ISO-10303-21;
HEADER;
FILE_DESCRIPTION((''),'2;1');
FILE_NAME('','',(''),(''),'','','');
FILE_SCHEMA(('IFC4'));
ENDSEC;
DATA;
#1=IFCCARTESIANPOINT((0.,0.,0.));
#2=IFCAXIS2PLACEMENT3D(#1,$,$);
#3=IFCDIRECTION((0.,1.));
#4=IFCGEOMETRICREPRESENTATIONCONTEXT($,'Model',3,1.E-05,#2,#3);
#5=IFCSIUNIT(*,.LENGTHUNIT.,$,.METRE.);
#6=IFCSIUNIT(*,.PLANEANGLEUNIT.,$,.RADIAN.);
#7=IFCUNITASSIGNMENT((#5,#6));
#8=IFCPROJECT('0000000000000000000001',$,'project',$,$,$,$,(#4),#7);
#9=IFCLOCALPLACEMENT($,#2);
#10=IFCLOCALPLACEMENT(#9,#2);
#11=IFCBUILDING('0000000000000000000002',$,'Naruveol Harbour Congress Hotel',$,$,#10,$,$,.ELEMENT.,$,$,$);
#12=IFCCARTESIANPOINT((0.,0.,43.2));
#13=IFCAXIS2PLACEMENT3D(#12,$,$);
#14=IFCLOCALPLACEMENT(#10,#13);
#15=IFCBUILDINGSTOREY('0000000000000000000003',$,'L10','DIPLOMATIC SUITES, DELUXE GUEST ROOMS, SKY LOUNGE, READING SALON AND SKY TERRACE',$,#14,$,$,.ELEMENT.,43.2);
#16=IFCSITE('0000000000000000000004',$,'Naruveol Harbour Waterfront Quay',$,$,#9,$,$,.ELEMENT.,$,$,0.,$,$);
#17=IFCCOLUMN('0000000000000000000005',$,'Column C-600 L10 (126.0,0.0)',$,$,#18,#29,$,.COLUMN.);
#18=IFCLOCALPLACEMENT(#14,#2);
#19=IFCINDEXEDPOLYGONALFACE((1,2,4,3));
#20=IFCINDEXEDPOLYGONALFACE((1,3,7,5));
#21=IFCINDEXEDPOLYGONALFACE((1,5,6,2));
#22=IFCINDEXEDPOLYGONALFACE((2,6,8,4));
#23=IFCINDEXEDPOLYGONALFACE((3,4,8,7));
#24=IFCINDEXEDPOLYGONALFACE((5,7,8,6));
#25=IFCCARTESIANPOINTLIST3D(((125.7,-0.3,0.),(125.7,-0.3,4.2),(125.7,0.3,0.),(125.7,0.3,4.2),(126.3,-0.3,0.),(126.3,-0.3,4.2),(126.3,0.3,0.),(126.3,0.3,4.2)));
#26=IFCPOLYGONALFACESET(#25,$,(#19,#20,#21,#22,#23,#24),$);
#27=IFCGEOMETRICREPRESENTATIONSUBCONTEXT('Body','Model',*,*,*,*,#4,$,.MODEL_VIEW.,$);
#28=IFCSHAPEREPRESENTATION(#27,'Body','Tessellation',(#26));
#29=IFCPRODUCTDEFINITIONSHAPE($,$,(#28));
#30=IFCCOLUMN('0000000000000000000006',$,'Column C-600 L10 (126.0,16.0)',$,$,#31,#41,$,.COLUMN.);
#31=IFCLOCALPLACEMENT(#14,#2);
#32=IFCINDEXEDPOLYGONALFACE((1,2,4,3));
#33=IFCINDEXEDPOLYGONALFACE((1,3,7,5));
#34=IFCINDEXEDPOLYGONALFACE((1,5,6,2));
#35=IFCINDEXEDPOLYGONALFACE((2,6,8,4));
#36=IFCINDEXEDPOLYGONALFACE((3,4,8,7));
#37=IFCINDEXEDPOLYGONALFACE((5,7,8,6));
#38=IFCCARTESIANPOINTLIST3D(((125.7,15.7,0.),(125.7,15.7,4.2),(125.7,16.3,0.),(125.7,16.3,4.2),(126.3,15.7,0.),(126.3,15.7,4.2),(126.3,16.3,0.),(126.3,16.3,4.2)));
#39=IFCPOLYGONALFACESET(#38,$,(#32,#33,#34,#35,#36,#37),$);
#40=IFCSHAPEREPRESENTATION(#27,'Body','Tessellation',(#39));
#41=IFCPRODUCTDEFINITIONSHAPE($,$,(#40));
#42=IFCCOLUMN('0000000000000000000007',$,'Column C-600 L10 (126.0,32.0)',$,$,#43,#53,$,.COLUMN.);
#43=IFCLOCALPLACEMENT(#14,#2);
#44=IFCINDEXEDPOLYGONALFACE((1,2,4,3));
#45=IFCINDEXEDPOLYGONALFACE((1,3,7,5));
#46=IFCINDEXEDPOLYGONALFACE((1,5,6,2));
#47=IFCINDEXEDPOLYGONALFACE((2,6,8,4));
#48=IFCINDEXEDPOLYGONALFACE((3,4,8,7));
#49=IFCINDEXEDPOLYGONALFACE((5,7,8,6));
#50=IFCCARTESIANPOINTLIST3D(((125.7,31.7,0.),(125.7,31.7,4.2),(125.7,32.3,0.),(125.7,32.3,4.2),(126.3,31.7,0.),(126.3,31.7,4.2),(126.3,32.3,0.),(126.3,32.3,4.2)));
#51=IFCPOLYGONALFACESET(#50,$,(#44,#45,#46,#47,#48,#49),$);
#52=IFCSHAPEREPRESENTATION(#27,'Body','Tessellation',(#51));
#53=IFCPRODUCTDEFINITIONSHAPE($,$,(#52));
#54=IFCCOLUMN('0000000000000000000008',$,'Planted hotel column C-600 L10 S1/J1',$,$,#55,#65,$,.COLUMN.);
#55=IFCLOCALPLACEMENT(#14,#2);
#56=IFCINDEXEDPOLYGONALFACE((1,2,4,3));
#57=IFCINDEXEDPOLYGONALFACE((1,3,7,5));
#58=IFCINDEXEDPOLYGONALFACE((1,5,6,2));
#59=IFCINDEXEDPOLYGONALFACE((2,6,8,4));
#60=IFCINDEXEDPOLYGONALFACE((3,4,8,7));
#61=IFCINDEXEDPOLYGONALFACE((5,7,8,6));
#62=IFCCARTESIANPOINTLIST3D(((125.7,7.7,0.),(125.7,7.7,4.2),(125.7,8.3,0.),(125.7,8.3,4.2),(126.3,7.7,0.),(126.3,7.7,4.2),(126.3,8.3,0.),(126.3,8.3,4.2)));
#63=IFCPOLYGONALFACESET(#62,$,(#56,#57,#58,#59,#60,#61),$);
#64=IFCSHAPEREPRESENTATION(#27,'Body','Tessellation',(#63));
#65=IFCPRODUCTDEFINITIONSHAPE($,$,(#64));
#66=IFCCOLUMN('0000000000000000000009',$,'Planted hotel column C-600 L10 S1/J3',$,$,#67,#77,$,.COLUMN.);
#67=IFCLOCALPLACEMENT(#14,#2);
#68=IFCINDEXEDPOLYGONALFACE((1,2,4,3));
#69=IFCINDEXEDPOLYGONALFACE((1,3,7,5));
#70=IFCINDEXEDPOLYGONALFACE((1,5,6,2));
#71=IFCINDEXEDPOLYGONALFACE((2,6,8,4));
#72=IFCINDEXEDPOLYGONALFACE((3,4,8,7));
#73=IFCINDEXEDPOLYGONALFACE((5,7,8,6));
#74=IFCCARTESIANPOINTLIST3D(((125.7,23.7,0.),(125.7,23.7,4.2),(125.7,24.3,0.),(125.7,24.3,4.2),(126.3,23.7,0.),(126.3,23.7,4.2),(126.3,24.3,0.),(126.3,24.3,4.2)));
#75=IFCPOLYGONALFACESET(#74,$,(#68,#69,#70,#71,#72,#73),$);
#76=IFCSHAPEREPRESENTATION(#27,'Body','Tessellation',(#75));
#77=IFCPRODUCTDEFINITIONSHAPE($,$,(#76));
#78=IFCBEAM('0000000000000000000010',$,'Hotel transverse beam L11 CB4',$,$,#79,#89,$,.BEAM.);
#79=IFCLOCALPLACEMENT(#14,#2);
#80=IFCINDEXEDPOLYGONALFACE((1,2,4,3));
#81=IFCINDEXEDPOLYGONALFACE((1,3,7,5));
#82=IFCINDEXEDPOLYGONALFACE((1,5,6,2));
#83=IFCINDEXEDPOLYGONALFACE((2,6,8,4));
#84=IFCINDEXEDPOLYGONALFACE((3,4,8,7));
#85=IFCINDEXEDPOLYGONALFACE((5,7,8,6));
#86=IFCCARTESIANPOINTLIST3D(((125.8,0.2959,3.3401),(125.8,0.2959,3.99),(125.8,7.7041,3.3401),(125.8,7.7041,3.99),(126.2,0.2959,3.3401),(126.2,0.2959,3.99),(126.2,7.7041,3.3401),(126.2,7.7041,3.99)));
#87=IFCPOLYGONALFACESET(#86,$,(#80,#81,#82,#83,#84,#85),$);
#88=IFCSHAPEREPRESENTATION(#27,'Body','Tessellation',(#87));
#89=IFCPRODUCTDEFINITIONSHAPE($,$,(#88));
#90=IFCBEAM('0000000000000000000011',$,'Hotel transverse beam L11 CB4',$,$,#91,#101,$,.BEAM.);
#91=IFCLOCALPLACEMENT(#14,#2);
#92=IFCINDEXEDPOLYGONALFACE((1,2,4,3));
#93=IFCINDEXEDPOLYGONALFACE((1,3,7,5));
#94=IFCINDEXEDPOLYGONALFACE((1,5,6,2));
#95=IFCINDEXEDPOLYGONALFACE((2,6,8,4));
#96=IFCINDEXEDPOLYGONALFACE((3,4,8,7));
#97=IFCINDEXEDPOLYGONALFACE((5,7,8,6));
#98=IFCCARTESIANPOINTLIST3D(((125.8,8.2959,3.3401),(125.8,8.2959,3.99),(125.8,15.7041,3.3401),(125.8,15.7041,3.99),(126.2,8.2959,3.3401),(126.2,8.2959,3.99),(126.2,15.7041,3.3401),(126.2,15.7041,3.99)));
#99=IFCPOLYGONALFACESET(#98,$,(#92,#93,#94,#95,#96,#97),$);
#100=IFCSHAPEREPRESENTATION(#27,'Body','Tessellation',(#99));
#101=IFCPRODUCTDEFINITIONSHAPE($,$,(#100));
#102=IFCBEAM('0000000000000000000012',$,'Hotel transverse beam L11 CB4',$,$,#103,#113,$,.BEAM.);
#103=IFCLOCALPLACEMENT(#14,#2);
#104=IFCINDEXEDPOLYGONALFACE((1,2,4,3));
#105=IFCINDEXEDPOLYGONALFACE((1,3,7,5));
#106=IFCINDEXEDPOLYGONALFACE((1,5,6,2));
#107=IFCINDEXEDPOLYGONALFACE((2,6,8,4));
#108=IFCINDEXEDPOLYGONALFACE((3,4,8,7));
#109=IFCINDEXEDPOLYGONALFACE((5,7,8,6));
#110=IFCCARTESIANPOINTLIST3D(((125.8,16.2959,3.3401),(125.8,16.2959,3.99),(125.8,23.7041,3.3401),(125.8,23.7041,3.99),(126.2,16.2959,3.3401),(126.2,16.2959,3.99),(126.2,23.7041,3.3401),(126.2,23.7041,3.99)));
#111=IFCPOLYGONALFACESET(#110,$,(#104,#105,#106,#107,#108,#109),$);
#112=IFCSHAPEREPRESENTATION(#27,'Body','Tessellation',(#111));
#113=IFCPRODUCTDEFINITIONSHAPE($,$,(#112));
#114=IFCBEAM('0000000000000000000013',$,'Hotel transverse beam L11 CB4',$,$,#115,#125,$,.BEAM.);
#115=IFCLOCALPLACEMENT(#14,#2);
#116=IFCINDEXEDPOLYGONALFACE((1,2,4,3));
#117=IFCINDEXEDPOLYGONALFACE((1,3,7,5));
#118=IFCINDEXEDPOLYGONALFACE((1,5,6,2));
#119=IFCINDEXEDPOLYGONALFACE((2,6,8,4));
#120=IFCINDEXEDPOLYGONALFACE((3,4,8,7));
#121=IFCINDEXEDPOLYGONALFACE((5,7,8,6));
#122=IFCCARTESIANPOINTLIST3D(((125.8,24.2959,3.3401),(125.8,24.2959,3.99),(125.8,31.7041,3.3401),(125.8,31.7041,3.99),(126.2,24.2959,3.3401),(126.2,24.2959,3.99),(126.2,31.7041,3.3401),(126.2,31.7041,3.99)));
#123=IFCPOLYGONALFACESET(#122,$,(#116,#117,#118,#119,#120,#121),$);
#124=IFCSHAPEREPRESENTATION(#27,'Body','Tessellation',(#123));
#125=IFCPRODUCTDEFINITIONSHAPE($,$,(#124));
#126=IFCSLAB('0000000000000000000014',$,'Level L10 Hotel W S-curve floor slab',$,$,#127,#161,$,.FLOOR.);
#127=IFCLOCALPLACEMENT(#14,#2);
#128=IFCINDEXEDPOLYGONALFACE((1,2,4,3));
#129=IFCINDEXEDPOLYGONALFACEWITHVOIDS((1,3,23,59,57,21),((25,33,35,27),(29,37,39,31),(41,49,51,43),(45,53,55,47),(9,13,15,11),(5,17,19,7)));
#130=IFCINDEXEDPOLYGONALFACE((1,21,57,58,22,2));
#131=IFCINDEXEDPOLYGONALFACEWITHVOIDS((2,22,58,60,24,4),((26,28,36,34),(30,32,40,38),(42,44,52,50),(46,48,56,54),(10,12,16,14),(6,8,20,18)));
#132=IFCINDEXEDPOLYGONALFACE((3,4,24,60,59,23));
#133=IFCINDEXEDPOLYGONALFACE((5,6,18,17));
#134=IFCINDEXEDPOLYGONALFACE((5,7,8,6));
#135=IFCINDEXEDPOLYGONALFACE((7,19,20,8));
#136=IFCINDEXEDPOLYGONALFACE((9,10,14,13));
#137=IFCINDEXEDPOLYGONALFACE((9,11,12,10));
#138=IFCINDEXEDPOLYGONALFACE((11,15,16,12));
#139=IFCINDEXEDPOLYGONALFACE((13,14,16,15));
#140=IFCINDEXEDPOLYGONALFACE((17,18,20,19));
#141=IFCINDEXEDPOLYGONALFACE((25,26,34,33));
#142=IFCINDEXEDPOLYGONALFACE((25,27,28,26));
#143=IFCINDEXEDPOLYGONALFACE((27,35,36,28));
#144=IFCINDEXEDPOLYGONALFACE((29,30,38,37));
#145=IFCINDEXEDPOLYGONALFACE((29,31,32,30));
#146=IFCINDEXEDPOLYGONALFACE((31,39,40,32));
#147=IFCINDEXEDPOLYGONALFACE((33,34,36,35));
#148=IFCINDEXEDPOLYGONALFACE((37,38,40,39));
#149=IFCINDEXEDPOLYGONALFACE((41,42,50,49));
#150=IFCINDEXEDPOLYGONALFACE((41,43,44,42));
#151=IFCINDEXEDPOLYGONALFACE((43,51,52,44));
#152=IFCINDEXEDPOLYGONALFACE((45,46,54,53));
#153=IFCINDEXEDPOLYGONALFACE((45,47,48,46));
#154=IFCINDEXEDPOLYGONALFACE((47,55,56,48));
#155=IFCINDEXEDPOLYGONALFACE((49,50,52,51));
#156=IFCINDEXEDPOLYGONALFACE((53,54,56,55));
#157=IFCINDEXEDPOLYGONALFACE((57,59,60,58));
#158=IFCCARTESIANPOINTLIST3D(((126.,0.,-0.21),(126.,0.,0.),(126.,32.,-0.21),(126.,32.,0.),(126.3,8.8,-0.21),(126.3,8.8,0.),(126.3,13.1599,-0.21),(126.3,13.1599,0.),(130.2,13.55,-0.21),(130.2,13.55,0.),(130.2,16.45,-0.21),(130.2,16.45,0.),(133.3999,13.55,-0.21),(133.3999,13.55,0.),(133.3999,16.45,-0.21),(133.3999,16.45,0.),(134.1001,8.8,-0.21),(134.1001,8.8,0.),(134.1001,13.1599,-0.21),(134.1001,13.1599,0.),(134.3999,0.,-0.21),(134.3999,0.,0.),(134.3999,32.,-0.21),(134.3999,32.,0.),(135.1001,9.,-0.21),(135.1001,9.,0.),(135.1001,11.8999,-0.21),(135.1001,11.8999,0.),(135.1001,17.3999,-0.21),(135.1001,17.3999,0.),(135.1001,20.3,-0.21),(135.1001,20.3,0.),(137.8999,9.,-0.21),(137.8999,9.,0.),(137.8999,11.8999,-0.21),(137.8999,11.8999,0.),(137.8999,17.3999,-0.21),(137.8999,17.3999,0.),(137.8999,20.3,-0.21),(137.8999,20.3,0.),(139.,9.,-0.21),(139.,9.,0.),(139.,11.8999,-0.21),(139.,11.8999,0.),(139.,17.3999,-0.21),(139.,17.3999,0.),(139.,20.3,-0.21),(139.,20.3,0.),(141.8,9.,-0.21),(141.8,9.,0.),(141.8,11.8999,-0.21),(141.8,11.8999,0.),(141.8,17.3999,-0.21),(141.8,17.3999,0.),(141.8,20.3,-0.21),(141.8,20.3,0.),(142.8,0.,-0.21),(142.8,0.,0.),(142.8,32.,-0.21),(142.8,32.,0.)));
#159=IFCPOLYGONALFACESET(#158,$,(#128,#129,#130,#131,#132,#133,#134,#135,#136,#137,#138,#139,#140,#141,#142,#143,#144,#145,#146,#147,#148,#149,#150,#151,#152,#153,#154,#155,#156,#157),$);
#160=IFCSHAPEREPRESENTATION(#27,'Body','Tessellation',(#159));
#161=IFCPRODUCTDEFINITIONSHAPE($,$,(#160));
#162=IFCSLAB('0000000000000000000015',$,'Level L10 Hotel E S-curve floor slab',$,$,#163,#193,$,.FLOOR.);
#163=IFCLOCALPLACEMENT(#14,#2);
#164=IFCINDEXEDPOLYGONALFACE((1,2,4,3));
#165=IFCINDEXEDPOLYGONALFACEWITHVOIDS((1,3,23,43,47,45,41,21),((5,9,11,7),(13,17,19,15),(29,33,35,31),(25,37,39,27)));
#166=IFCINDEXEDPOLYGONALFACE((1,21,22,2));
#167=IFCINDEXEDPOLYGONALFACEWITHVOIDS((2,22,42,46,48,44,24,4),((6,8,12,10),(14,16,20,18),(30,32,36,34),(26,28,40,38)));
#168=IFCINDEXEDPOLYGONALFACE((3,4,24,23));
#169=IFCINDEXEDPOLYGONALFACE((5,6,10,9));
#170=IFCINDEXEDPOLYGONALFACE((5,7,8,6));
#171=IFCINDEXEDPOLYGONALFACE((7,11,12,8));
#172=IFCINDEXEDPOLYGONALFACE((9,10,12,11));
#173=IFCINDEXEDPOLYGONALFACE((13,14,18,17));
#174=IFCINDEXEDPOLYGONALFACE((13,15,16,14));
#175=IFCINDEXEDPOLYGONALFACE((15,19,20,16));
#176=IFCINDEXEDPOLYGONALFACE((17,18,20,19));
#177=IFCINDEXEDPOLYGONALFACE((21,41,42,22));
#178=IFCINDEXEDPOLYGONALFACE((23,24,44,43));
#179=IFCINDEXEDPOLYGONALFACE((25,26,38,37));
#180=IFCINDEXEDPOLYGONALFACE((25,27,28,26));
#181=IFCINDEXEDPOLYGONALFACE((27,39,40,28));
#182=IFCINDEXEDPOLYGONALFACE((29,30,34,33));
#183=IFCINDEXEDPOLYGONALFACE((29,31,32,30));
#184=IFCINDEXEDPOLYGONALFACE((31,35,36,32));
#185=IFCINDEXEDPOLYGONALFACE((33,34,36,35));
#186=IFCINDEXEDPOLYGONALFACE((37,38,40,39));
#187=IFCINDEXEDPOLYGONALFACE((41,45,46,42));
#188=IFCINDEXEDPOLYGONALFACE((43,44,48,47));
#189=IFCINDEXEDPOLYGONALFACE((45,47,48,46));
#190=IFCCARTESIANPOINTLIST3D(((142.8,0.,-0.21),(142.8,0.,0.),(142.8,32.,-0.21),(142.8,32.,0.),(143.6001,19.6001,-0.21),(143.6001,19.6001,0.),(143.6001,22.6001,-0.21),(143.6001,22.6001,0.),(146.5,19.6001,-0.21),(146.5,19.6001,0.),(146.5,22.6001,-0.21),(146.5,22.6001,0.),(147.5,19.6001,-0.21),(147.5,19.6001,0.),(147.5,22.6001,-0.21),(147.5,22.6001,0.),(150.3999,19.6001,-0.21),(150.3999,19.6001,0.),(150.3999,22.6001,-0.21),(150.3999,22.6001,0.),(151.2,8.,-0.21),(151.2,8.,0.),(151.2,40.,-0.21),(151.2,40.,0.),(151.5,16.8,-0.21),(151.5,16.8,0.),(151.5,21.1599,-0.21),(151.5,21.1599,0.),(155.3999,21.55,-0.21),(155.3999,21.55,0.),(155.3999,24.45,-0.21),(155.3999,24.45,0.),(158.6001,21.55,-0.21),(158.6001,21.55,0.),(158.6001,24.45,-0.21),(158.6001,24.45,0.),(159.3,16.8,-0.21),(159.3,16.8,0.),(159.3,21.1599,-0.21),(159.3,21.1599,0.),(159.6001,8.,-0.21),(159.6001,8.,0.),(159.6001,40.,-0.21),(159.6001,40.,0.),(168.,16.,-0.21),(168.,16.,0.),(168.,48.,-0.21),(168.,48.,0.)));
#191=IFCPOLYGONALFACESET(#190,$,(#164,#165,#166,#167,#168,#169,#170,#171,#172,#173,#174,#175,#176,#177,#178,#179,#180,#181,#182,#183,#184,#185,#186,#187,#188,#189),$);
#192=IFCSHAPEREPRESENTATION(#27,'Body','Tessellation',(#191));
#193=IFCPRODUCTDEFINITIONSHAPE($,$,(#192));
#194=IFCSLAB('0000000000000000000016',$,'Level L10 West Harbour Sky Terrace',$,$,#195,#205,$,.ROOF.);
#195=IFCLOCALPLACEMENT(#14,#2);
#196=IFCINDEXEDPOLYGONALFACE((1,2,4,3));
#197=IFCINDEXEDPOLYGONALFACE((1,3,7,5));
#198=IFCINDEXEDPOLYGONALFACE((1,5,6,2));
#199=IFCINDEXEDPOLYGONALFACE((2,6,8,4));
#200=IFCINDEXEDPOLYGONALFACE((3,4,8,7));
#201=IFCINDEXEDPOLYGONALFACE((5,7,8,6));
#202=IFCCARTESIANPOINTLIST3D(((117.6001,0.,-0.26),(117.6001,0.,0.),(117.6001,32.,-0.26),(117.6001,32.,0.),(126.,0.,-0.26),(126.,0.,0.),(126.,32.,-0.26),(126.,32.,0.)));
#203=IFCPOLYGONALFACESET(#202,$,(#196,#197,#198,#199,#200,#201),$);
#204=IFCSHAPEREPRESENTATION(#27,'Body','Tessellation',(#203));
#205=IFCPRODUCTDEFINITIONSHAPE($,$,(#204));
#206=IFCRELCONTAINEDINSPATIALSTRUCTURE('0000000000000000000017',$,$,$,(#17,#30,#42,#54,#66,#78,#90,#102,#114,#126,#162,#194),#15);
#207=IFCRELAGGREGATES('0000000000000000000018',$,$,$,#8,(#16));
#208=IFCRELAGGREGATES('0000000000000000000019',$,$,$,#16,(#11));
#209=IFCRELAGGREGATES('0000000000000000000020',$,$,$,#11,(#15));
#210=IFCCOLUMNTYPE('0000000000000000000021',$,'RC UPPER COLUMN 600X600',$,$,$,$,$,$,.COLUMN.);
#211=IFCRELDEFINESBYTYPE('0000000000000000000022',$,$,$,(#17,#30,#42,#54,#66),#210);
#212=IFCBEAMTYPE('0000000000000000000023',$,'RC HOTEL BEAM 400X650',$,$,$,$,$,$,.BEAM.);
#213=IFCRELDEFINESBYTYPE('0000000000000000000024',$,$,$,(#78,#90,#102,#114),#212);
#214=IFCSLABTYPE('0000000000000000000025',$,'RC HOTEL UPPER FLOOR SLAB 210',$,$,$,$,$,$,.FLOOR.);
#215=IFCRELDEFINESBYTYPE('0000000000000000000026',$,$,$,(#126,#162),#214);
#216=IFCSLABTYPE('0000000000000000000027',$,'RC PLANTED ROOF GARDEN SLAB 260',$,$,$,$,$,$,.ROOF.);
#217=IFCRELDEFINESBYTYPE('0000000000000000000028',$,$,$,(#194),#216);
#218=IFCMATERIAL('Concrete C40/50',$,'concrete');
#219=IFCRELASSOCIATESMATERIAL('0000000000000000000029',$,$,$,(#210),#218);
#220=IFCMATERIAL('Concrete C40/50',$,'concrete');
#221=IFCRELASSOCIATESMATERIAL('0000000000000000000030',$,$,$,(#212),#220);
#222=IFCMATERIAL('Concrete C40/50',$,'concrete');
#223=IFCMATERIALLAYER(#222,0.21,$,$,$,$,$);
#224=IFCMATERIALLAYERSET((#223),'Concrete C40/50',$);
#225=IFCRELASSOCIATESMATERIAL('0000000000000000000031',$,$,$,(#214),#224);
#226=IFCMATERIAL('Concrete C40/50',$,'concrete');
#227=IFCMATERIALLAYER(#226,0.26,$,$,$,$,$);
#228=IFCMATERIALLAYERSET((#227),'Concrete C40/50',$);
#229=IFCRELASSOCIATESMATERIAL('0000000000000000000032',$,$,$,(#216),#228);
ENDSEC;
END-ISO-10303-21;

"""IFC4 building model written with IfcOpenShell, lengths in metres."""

from ifc_helpers import new_model, si_unit, direction, frame, origin, origin_2d, place, context, subcontext, project, spatial, polyline, rectangle, outline, extrude, material, layer, layer_set, material_profile, profile_set, type_object, element, save


model = new_model("IFC4")

# Units and contexts
model_context = context("Model", 3, precision=1e-05, world=origin(), true_north=direction((0.0, 1.0)))
body_context = subcontext(model_context, "Body", "Model", "MODEL_VIEW")
ifc_project = project(units=[si_unit("LENGTHUNIT", "METRE"), si_unit("PLANEANGLEUNIT", "RADIAN")], contexts=[model_context])

# Site, building, storey
site_placement = place(None, origin())
site = spatial("IfcSite", under=ifc_project, at=site_placement, Name="Naruveol Harbour Waterfront Quay", CompositionType="ELEMENT", RefElevation=0.0)
building_placement = place(site_placement, origin())
building = spatial("IfcBuilding", under=site, at=building_placement, Name="Naruveol Harbour Congress Hotel", CompositionType="ELEMENT")
storey_placement = place(building_placement, frame((0.0, 0.0, 43.2)))
storey = spatial("IfcBuildingStorey", under=building, at=storey_placement, Name="L10", Description="DIPLOMATIC SUITES, DELUXE GUEST ROOMS, SKY LOUNGE, READING SALON AND SKY TERRACE", CompositionType="ELEMENT", Elevation=43.2)

# Columns
ifc_material_1 = material(Name="Concrete C40/50", Category="concrete")
ifc_material_profile_1 = material_profile(ifc_material_1, rectangle(XDim=0.6001, YDim=0.6001, at=origin_2d()), Name="RC-600x600")
ifc_profile_set_1 = profile_set([ifc_material_profile_1], Name="Concrete C40/50")
column_type = type_object("IfcColumnType", Name="RC UPPER COLUMN 600X600", PredefinedType="COLUMN", material=ifc_profile_set_1)
for number, where, z_axis, x_axis, name in (
    (1, (126.0, 0.0, 0.0), (0.0, 0.0, 1.0), (1.0, 0.0, 0.0), "Column C-600 L10 (126.0,0.0)"),
    (2, (126.0, 16.0, 0.0), (0.0, 0.0, 1.0), (1.0, 0.0, 0.0), "Column C-600 L10 (126.0,16.0)"),
    (3, (126.0, 32.0, 0.0), (0.0, 0.0, 1.0), (1.0, 0.0, 0.0), "Column C-600 L10 (126.0,32.0)"),
    (4, (126.0, 8.0, 0.0), (0.0, 0.0, 1.0), (1.0, 0.0, 0.0), "Planted hotel column C-600 L10 S1/J1"),
    (5, (126.0, 24.0, 0.0), (0.0, 0.0, 1.0), (1.0, 0.0, 0.0), "Planted hotel column C-600 L10 S1/J3"),
):
    element("IfcColumn", number, at=place(storey_placement, frame(where, z_axis=z_axis, x_axis=x_axis)), inside=storey, type_object=column_type, Name=name, PredefinedType="COLUMN", context=body_context, shape_type="SweptSolid", body=[
        extrude(rectangle(XDim=0.6001, YDim=0.6001, at=origin_2d()), origin(), (0.0, 0.0, 1.0), 4.2),
    ])

# Beams
ifc_material_2 = material(Name="Concrete C40/50", Category="concrete")
ifc_material_profile_2 = material_profile(ifc_material_2, rectangle(XDim=0.3999, YDim=0.6499, at=origin_2d()), Name="RCB-400x650")
ifc_profile_set_2 = profile_set([ifc_material_profile_2], Name="Concrete C40/50")
beam_type = type_object("IfcBeamType", Name="RC HOTEL BEAM 400X650", PredefinedType="BEAM", material=ifc_profile_set_2)
for number, where, z_axis, x_axis, name in (
    (6, (126.0, 0.2959, 3.665), (0.0, 1.0, 0.0), (-1.0, 0.0, 0.0), "Hotel transverse beam L11 CB4"),
    (7, (126.0, 8.2959, 3.665), (0.0, 1.0, 0.0), (-1.0, 0.0, 0.0), "Hotel transverse beam L11 CB4"),
    (8, (126.0, 16.2959, 3.665), (0.0, 1.0, 0.0), (-1.0, 0.0, 0.0), "Hotel transverse beam L11 CB4"),
    (9, (126.0, 24.2959, 3.665), (0.0, 1.0, 0.0), (-1.0, 0.0, 0.0), "Hotel transverse beam L11 CB4"),
):
    element("IfcBeam", number, at=place(storey_placement, frame(where, z_axis=z_axis, x_axis=x_axis)), inside=storey, type_object=beam_type, Name=name, PredefinedType="BEAM", context=body_context, shape_type="SweptSolid", body=[
        extrude(rectangle(XDim=0.3999, YDim=0.6499, at=origin_2d()), origin(), (0.0, 0.0, 1.0), 7.4082),
    ])

# Slabs
ifc_material_3 = material(Name="Concrete C40/50", Category="concrete")
ifc_layer_1 = layer(ifc_material_3, 0.21)
ifc_layer_set_1 = layer_set([ifc_layer_1], Name="Concrete C40/50")
slab_type_1 = type_object("IfcSlabType", Name="RC HOTEL UPPER FLOOR SLAB 210", PredefinedType="FLOOR", material=ifc_layer_set_1)
slab_1_placement = place(storey_placement, frame((0.0, 0.0, -0.21)))
element("IfcSlab", 10, at=slab_1_placement, inside=storey, type_object=slab_type_1, Name="Level L10 Hotel W S-curve floor slab", PredefinedType="FLOOR", context=body_context, shape_type="SweptSolid", body=[
    extrude(outline(polyline([(126.0, 0.0), (134.3999, 0.0), (142.8, 0.0), (142.8, 32.0), (134.3999, 32.0), (126.0, 32.0), (126.0, 0.0)]), holes=[polyline([(126.3, 8.8), (134.1001, 8.8), (134.1001, 13.1599), (126.3, 13.1599), (126.3, 8.8)]), polyline([(135.1001, 17.3999), (137.8999, 17.3999), (137.8999, 20.3), (135.1001, 20.3), (135.1001, 17.3999)]), polyline([(139.0, 17.3999), (141.8, 17.3999), (141.8, 20.3), (139.0, 20.3), (139.0, 17.3999)]), polyline([(135.1001, 9.0), (137.8999, 9.0), (137.8999, 11.8999), (135.1001, 11.8999), (135.1001, 9.0)]), polyline([(139.0, 9.0), (141.8, 9.0), (141.8, 11.8999), (139.0, 11.8999), (139.0, 9.0)]), polyline([(130.2, 13.55), (133.3999, 13.55), (133.3999, 16.45), (130.2, 16.45), (130.2, 13.55)])]), origin(), (0.0, 0.0, 1.0), 0.21),
])
slab_2_placement = place(storey_placement, frame((0.0, 0.0, -0.21)))
element("IfcSlab", 11, at=slab_2_placement, inside=storey, type_object=slab_type_1, Name="Level L10 Hotel E S-curve floor slab", PredefinedType="FLOOR", context=body_context, shape_type="SweptSolid", body=[
    extrude(outline(polyline([(142.8, 0.0), (151.2, 8.0), (159.6001, 8.0), (168.0, 16.0), (168.0, 48.0), (159.6001, 40.0), (151.2, 40.0), (142.8, 32.0), (142.8, 0.0)]), holes=[polyline([(151.5, 16.8), (159.3, 16.8), (159.3, 21.1599), (151.5, 21.1599), (151.5, 16.8)]), polyline([(155.3999, 21.55), (158.6001, 21.55), (158.6001, 24.45), (155.3999, 24.45), (155.3999, 21.55)]), polyline([(143.6001, 19.6001), (146.5, 19.6001), (146.5, 22.6001), (143.6001, 22.6001), (143.6001, 19.6001)]), polyline([(147.5, 19.6001), (150.3999, 19.6001), (150.3999, 22.6001), (147.5, 22.6001), (147.5, 19.6001)])]), origin(), (0.0, 0.0, 1.0), 0.21),
])
ifc_material_4 = material(Name="Concrete C40/50", Category="concrete")
ifc_layer_2 = layer(ifc_material_4, 0.26)
ifc_layer_set_2 = layer_set([ifc_layer_2], Name="Concrete C40/50")
slab_type_2 = type_object("IfcSlabType", Name="RC PLANTED ROOF GARDEN SLAB 260", PredefinedType="ROOF", material=ifc_layer_set_2)
slab_3_placement = place(storey_placement, frame((0.0, 0.0, -0.26)))
element("IfcSlab", 12, at=slab_3_placement, inside=storey, type_object=slab_type_2, Name="Level L10 West Harbour Sky Terrace", PredefinedType="ROOF", context=body_context, shape_type="SweptSolid", body=[
    extrude(outline(polyline([(117.6001, 0.0), (126.0, 0.0), (126.0, 32.0), (117.6001, 32.0), (117.6001, 0.0)])), origin(), (0.0, 0.0, 1.0), 0.26),
])

save(model, "model.ifc")
